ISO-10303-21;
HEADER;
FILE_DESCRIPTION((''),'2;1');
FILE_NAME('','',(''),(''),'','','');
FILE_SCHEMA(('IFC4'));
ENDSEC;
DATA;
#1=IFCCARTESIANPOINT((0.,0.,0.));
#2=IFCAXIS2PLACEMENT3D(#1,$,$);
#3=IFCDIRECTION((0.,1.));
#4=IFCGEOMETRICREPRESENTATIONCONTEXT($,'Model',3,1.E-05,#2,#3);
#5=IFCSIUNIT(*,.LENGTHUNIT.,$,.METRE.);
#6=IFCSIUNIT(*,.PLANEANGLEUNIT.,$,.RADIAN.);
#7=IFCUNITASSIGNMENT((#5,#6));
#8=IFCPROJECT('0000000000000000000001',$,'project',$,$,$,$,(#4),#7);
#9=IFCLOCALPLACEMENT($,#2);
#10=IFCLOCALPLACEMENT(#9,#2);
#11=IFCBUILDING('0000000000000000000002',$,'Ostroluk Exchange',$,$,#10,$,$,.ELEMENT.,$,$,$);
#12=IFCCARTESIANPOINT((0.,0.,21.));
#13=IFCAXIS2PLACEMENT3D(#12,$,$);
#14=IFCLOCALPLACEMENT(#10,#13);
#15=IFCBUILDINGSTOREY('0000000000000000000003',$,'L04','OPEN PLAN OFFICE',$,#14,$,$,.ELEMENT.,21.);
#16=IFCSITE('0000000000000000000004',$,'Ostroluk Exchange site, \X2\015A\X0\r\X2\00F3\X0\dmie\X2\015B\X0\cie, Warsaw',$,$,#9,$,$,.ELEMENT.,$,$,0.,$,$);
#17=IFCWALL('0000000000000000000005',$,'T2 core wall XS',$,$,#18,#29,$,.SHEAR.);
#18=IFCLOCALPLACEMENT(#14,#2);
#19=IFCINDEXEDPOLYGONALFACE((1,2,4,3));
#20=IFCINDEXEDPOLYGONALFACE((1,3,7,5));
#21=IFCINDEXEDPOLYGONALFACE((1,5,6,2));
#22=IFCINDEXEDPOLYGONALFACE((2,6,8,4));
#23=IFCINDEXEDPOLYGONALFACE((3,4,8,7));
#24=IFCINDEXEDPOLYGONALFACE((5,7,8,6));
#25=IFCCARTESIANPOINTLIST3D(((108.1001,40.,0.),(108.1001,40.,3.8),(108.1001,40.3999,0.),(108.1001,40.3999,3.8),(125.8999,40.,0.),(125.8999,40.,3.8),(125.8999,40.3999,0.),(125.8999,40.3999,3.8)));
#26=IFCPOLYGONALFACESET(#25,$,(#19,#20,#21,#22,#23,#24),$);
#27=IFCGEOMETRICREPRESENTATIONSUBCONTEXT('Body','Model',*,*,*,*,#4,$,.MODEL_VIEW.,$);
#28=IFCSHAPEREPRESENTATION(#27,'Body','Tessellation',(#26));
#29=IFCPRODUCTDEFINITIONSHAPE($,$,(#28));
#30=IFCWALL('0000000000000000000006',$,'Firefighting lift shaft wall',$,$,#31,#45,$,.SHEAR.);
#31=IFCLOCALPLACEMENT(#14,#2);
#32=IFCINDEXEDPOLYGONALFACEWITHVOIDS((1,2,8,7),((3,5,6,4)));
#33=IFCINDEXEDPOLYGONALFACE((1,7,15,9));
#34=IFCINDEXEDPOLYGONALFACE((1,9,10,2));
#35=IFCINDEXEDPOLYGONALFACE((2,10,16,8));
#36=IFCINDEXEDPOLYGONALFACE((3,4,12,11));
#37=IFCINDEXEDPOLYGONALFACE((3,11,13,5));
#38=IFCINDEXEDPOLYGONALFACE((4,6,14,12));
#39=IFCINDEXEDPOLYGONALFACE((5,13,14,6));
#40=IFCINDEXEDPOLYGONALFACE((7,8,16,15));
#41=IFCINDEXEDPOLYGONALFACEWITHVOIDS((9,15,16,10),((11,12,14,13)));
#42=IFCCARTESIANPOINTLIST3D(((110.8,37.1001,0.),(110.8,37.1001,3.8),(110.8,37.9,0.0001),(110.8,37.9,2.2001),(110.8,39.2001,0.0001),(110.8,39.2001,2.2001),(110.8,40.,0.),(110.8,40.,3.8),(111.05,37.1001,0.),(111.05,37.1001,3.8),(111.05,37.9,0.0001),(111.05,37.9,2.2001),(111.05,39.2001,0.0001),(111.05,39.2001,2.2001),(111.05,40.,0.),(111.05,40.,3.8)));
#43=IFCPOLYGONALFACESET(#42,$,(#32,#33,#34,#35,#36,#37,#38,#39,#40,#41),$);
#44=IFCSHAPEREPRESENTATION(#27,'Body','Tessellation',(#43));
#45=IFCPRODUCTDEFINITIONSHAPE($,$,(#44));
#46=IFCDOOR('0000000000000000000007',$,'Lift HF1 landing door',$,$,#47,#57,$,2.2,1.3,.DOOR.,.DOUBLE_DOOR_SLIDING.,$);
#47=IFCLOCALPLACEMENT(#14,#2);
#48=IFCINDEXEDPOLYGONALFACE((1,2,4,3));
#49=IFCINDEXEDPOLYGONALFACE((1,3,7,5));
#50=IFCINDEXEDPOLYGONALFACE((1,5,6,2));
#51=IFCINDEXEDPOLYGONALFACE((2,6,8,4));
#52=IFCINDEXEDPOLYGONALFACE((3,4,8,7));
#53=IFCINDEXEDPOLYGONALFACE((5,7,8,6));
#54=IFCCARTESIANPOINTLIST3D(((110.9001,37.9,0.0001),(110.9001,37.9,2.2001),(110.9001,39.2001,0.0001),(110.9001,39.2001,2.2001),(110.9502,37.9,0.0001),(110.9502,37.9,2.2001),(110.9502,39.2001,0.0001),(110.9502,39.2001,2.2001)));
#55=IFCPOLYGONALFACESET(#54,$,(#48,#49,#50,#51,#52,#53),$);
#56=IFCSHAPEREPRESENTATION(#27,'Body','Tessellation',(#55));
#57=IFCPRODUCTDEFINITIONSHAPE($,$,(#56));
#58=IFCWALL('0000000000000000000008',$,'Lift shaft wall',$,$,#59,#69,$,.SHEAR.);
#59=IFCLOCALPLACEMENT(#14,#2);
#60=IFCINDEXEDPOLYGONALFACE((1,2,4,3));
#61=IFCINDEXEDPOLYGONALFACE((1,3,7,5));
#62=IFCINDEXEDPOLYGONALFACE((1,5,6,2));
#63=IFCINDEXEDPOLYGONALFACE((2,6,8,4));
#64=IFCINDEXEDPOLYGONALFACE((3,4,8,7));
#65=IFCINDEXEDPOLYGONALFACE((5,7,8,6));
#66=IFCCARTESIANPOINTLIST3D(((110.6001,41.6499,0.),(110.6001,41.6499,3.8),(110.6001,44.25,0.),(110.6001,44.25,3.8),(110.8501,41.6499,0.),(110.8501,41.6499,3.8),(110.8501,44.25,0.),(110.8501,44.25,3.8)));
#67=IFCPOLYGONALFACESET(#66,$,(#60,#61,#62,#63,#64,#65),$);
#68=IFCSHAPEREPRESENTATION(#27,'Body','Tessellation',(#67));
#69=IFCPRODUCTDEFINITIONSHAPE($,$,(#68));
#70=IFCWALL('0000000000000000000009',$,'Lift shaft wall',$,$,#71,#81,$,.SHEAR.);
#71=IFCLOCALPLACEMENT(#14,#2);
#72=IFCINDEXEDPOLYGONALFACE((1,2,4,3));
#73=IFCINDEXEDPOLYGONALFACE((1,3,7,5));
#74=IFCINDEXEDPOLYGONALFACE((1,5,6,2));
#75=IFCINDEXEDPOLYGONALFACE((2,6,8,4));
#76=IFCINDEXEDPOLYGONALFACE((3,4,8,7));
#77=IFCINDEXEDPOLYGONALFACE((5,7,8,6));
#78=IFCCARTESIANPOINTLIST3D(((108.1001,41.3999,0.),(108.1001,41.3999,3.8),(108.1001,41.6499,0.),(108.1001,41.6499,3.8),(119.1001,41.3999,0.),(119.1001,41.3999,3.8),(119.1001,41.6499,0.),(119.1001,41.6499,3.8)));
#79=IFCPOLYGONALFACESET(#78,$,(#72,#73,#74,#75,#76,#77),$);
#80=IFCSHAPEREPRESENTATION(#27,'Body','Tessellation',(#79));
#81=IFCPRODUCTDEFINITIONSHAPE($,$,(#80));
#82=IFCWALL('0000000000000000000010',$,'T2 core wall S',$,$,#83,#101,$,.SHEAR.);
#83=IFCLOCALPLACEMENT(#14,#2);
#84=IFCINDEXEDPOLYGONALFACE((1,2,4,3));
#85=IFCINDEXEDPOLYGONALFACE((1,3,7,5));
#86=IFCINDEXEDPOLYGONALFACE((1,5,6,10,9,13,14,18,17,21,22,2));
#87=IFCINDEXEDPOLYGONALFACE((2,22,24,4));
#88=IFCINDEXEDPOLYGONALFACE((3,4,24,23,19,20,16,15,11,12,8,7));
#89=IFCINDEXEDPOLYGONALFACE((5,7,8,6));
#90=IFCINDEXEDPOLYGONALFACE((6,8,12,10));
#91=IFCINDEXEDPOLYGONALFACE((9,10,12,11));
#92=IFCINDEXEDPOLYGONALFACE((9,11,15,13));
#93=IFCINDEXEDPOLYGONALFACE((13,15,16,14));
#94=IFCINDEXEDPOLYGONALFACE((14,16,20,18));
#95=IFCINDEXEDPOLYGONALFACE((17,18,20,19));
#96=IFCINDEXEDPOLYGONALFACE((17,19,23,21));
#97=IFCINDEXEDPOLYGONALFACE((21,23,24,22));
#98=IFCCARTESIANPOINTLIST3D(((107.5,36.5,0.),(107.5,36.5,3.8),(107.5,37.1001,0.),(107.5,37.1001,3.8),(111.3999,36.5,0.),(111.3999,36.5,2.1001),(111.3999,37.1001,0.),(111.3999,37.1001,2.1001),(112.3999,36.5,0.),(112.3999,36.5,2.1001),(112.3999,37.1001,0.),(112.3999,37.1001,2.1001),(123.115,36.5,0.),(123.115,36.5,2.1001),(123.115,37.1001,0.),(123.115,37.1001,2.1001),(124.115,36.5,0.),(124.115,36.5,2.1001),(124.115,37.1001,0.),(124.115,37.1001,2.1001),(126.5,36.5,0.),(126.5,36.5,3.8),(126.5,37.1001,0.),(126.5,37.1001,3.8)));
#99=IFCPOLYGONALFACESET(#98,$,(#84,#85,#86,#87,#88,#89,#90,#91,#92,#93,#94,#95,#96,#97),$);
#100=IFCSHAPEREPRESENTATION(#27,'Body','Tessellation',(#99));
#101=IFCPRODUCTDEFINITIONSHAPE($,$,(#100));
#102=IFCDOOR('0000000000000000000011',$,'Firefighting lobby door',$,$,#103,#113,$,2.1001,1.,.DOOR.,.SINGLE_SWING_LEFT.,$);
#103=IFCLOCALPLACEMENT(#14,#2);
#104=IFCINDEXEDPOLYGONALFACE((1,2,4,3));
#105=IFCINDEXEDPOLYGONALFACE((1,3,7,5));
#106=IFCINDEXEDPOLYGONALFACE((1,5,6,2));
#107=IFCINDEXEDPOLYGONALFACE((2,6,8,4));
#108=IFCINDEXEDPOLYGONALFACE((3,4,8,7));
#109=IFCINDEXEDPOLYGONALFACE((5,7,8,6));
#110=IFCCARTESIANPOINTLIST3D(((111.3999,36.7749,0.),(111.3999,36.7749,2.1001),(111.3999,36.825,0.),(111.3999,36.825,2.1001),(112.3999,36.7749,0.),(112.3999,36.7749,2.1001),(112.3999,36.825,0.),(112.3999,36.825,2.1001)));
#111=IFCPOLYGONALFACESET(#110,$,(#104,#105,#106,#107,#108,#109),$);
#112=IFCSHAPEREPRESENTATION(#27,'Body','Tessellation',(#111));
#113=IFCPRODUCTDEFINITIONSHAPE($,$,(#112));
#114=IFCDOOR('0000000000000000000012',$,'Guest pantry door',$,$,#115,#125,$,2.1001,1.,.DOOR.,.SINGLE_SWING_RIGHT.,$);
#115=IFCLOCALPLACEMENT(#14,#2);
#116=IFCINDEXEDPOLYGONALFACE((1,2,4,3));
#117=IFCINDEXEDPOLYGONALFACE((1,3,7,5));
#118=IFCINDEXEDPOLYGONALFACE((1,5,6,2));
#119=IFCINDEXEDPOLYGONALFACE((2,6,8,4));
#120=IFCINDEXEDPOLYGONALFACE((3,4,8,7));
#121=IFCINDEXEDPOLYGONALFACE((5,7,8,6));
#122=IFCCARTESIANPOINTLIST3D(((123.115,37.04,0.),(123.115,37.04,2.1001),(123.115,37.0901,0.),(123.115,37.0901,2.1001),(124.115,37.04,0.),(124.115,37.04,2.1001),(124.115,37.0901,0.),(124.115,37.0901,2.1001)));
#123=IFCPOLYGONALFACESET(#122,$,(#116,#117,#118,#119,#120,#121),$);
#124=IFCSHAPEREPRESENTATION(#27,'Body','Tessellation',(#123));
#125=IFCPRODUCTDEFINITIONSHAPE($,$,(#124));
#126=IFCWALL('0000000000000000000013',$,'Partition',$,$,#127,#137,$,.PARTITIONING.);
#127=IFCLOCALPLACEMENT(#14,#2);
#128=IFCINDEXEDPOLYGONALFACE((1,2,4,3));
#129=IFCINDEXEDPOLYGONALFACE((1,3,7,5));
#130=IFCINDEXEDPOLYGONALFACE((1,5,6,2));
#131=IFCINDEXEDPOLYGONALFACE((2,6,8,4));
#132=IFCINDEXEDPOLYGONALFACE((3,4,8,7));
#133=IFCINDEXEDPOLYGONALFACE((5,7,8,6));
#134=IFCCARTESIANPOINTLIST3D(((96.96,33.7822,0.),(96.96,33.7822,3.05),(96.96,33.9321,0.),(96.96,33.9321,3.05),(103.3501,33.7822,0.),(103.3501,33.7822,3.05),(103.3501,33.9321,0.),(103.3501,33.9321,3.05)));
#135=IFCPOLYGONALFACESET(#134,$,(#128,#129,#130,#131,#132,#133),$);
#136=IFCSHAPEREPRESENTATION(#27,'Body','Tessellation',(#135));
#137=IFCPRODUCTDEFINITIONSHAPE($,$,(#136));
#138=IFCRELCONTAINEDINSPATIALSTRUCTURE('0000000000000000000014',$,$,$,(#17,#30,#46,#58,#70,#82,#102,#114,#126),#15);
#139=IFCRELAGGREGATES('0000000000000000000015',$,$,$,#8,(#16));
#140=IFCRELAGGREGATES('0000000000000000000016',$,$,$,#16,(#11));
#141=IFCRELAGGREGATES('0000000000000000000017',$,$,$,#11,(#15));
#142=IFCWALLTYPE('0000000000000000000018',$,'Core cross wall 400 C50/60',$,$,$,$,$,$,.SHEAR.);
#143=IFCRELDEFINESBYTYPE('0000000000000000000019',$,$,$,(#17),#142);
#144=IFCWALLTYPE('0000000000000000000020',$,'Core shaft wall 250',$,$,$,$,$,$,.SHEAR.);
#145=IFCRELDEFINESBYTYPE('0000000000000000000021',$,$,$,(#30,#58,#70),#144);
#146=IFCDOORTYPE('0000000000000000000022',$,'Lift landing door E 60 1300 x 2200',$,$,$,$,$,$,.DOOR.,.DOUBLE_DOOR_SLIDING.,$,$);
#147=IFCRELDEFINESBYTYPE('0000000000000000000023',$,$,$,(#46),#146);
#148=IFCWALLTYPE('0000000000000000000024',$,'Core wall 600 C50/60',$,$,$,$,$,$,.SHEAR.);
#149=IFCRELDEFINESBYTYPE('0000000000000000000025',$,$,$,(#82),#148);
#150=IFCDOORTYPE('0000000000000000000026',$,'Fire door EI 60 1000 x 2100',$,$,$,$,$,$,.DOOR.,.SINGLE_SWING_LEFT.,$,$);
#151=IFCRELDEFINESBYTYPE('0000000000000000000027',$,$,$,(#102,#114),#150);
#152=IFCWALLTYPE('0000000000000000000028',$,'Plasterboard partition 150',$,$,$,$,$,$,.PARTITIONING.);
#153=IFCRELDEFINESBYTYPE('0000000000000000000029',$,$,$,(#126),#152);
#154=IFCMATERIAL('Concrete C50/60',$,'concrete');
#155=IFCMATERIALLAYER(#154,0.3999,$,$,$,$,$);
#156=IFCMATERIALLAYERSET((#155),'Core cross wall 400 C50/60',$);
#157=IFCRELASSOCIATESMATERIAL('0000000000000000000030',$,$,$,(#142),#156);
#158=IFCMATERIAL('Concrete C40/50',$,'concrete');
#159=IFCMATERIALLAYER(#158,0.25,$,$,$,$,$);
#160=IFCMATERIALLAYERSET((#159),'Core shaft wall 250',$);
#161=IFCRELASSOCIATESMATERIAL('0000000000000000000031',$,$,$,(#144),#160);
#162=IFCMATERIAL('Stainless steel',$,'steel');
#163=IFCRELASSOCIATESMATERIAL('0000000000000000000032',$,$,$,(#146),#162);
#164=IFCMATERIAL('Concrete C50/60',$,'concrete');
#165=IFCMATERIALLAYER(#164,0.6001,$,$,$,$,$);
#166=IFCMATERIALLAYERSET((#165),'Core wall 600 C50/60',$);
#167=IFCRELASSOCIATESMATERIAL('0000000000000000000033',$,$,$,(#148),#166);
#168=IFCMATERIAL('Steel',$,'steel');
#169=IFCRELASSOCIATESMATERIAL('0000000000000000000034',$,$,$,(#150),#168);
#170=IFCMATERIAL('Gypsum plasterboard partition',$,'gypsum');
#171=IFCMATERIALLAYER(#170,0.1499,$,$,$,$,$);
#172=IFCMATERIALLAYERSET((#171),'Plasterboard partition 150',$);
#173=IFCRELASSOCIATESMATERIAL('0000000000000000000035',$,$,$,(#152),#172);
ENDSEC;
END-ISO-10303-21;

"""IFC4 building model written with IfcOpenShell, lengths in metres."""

from ifc_helpers import new_model, si_unit, direction, frame, frame_2d, origin, place, context, subcontext, project, spatial, rectangle, extrude, material, layer, layer_set, type_object, element, fill, save


model = new_model("IFC4")

# Units and contexts
model_context = context("Model", 3, precision=1e-05, world=origin(), true_north=direction((0.0, 1.0)))
body_context = subcontext(model_context, "Body", "Model", "MODEL_VIEW")
ifc_project = project(units=[si_unit("LENGTHUNIT", "METRE"), si_unit("PLANEANGLEUNIT", "RADIAN")], contexts=[model_context])

# Site, building, storey
site_placement = place(None, origin())
site = spatial("IfcSite", under=ifc_project, at=site_placement, Name="Ostroluk Exchange site, Śródmieście, Warsaw", CompositionType="ELEMENT", RefElevation=0.0)
building_placement = place(site_placement, origin())
building = spatial("IfcBuilding", under=site, at=building_placement, Name="Ostroluk Exchange", CompositionType="ELEMENT")
storey_placement = place(building_placement, frame((0.0, 0.0, 21.0)))
storey = spatial("IfcBuildingStorey", under=building, at=storey_placement, Name="L04", Description="OPEN PLAN OFFICE", CompositionType="ELEMENT", Elevation=21.0)

# Wall
ifc_material_1 = material(Name="Concrete C50/60", Category="concrete")
ifc_layer_1 = layer(ifc_material_1, 0.3999)
ifc_layer_set_1 = layer_set([ifc_layer_1], Name="Core cross wall 400 C50/60")
wall_type_1 = type_object("IfcWallType", Name="Core cross wall 400 C50/60", PredefinedType="SHEAR", material=ifc_layer_set_1)
wall_1_placement = place(storey_placement, frame((108.1001, 40.2, 0.0), z_axis=(0.0, 0.0, 1.0), x_axis=(1.0, 0.0, 0.0)))
element("IfcWall", 1, at=wall_1_placement, inside=storey, type_object=wall_type_1, Name="T2 core wall XS", PredefinedType="SHEAR", context=body_context, shape_type="SweptSolid", body=[
    extrude(rectangle(XDim=17.7998, YDim=0.3999, at=frame_2d((8.8999, 0.0))), origin(), (0.0, 0.0, 1.0), 3.8),
])

# Wall, opening, door
ifc_material_2 = material(Name="Concrete C40/50", Category="concrete")
ifc_layer_2 = layer(ifc_material_2, 0.25)
ifc_layer_set_2 = layer_set([ifc_layer_2], Name="Core shaft wall 250")
wall_type_2 = type_object("IfcWallType", Name="Core shaft wall 250", PredefinedType="SHEAR", material=ifc_layer_set_2)
wall_2_placement = place(storey_placement, frame((110.925, 37.1001, 0.0), z_axis=(0.0, 0.0, 1.0), x_axis=(0.0, 1.0, 0.0)))
wall_2 = element("IfcWall", 2, at=wall_2_placement, inside=storey, type_object=wall_type_2, Name="Firefighting lift shaft wall", PredefinedType="SHEAR", context=body_context, shape_type="SweptSolid", body=[
    extrude(rectangle(XDim=2.8999, YDim=0.25, at=frame_2d((1.45, 0.0))), origin(), (0.0, 0.0, 1.0), 3.8),
])
opening_1_placement = place(wall_2_placement, frame((0.8, 0.0, 0.0)))
opening_1 = element("IfcOpeningElement", 3, at=opening_1_placement, cuts=wall_2, PredefinedType="OPENING", context=body_context, shape_type="SweptSolid", body=[
    extrude(rectangle(XDim=1.3, YDim=2.2, at=frame_2d((0.6499, 1.1001))), frame((0.0, 0.135, 0.0), z_axis=(0.0, -1.0, 0.0), x_axis=(1.0, 0.0, 0.0)), (0.0, 0.0, 1.0), 0.27),
])
ifc_material_3 = material(Name="Stainless steel", Category="steel")
door_type_1 = type_object("IfcDoorType", Name="Lift landing door E 60 1300 x 2200", OperationType="DOUBLE_DOOR_SLIDING", PredefinedType="DOOR", material=ifc_material_3)
door_1_placement = place(opening_1_placement, origin())
door_1 = element("IfcDoor", 4, at=door_1_placement, inside=storey, type_object=door_type_1, Name="Lift HF1 landing door", OperationType="DOUBLE_DOOR_SLIDING", OverallHeight=2.2, OverallWidth=1.3, PredefinedType="DOOR", context=body_context, shape_type="SweptSolid", body=[
    extrude(rectangle(XDim=1.3, YDim=2.2, at=frame_2d((0.6499, 1.1001))), frame((0.0, 0.0249, 0.0), z_axis=(0.0, -1.0, 0.0), x_axis=(1.0, 0.0, 0.0)), (0.0, 0.0, 1.0), 0.05),
])
fill(opening_1, door_1)

# Walls
wall_3_placement = place(storey_placement, frame((110.7251, 44.25, 0.0), z_axis=(0.0, 0.0, 1.0), x_axis=(0.0, -1.0, 0.0)))
element("IfcWall", 5, at=wall_3_placement, inside=storey, type_object=wall_type_2, Name="Lift shaft wall", PredefinedType="SHEAR", context=body_context, shape_type="SweptSolid", body=[
    extrude(rectangle(XDim=2.6001, YDim=0.25, at=frame_2d((1.3, 0.0))), origin(), (0.0, 0.0, 1.0), 3.8),
])
wall_4_placement = place(storey_placement, frame((108.1001, 41.5249, 0.0), z_axis=(0.0, 0.0, 1.0), x_axis=(1.0, 0.0, 0.0)))
element("IfcWall", 6, at=wall_4_placement, inside=storey, type_object=wall_type_2, Name="Lift shaft wall", PredefinedType="SHEAR", context=body_context, shape_type="SweptSolid", body=[
    extrude(rectangle(XDim=11.0, YDim=0.25, at=frame_2d((5.5, 0.0))), origin(), (0.0, 0.0, 1.0), 3.8),
])

# Wall, openings, doors
ifc_material_4 = material(Name="Concrete C50/60", Category="concrete")
ifc_layer_3 = layer(ifc_material_4, 0.6001)
ifc_layer_set_3 = layer_set([ifc_layer_3], Name="Core wall 600 C50/60")
wall_type_3 = type_object("IfcWallType", Name="Core wall 600 C50/60", PredefinedType="SHEAR", material=ifc_layer_set_3)
wall_5_placement = place(storey_placement, frame((107.5, 36.8, 0.0), z_axis=(0.0, 0.0, 1.0), x_axis=(1.0, 0.0, 0.0)))
wall_5 = element("IfcWall", 7, at=wall_5_placement, inside=storey, type_object=wall_type_3, Name="T2 core wall S", PredefinedType="SHEAR", context=body_context, shape_type="SweptSolid", body=[
    extrude(rectangle(XDim=19.0, YDim=0.6001, at=frame_2d((9.5, 0.0))), origin(), (0.0, 0.0, 1.0), 3.8),
])
opening_2_placement = place(wall_5_placement, frame((3.8999, 0.0, 0.0)))
opening_2 = element("IfcOpeningElement", 8, at=opening_2_placement, cuts=wall_5, PredefinedType="OPENING", context=body_context, shape_type="SweptSolid", body=[
    extrude(rectangle(XDim=1.0, YDim=2.1001, at=frame_2d((0.5, 1.05))), frame((0.0, 0.3101, 0.0), z_axis=(0.0, -1.0, 0.0), x_axis=(1.0, 0.0, 0.0)), (0.0, 0.0, 1.0), 0.6201),
])
opening_3_placement = place(wall_5_placement, frame((15.615, 0.0, 0.0)))
opening_3 = element("IfcOpeningElement", 9, at=opening_3_placement, cuts=wall_5, PredefinedType="OPENING", context=body_context, shape_type="SweptSolid", body=[
    extrude(rectangle(XDim=1.0, YDim=2.1001, at=frame_2d((0.5, 1.05))), frame((0.0, 0.3101, 0.0), z_axis=(0.0, -1.0, 0.0), x_axis=(1.0, 0.0, 0.0)), (0.0, 0.0, 1.0), 0.6201),
])
ifc_material_5 = material(Name="Steel", Category="steel")
door_type_2 = type_object("IfcDoorType", Name="Fire door EI 60 1000 x 2100", OperationType="SINGLE_SWING_LEFT", PredefinedType="DOOR", material=ifc_material_5)
door_2_placement = place(opening_2_placement, origin())
door_2 = element("IfcDoor", 10, at=door_2_placement, inside=storey, type_object=door_type_2, Name="Firefighting lobby door", OperationType="SINGLE_SWING_LEFT", OverallHeight=2.1001, OverallWidth=1.0, PredefinedType="DOOR", context=body_context, shape_type="SweptSolid", body=[
    extrude(rectangle(XDim=1.0, YDim=2.1001, at=frame_2d((0.5, 1.05))), frame((0.0, 0.0249, 0.0), z_axis=(0.0, -1.0, 0.0), x_axis=(1.0, 0.0, 0.0)), (0.0, 0.0, 1.0), 0.05),
])
fill(opening_2, door_2)
door_3_placement = place(opening_3_placement, origin())
door_3 = element("IfcDoor", 11, at=door_3_placement, inside=storey, type_object=door_type_2, Name="Guest pantry door", OperationType="SINGLE_SWING_RIGHT", OverallHeight=2.1001, OverallWidth=1.0, PredefinedType="DOOR", context=body_context, shape_type="SweptSolid", body=[
    extrude(rectangle(XDim=1.0, YDim=2.1001, at=frame_2d((0.5, 1.05))), frame((0.0, 0.29, 0.0), z_axis=(0.0, -1.0, 0.0), x_axis=(1.0, 0.0, 0.0)), (0.0, 0.0, 1.0), 0.05),
])
fill(opening_3, door_3)

# Wall
ifc_material_6 = material(Name="Gypsum plasterboard partition", Category="gypsum")
ifc_layer_4 = layer(ifc_material_6, 0.1499)
ifc_layer_set_4 = layer_set([ifc_layer_4], Name="Plasterboard partition 150")
wall_type_4 = type_object("IfcWallType", Name="Plasterboard partition 150", PredefinedType="PARTITIONING", material=ifc_layer_set_4)
wall_6_placement = place(storey_placement, frame((103.3501, 33.8572, 0.0), z_axis=(0.0, 0.0, 1.0), x_axis=(-1.0, 0.0, 0.0)))
element("IfcWall", 12, at=wall_6_placement, inside=storey, type_object=wall_type_4, Name="Partition", PredefinedType="PARTITIONING", context=body_context, shape_type="SweptSolid", body=[
    extrude(rectangle(XDim=6.3901, YDim=0.1499, at=frame_2d((3.1951, 0.0))), origin(), (0.0, 0.0, 1.0), 3.05),
])

save(model, "model.ifc")
